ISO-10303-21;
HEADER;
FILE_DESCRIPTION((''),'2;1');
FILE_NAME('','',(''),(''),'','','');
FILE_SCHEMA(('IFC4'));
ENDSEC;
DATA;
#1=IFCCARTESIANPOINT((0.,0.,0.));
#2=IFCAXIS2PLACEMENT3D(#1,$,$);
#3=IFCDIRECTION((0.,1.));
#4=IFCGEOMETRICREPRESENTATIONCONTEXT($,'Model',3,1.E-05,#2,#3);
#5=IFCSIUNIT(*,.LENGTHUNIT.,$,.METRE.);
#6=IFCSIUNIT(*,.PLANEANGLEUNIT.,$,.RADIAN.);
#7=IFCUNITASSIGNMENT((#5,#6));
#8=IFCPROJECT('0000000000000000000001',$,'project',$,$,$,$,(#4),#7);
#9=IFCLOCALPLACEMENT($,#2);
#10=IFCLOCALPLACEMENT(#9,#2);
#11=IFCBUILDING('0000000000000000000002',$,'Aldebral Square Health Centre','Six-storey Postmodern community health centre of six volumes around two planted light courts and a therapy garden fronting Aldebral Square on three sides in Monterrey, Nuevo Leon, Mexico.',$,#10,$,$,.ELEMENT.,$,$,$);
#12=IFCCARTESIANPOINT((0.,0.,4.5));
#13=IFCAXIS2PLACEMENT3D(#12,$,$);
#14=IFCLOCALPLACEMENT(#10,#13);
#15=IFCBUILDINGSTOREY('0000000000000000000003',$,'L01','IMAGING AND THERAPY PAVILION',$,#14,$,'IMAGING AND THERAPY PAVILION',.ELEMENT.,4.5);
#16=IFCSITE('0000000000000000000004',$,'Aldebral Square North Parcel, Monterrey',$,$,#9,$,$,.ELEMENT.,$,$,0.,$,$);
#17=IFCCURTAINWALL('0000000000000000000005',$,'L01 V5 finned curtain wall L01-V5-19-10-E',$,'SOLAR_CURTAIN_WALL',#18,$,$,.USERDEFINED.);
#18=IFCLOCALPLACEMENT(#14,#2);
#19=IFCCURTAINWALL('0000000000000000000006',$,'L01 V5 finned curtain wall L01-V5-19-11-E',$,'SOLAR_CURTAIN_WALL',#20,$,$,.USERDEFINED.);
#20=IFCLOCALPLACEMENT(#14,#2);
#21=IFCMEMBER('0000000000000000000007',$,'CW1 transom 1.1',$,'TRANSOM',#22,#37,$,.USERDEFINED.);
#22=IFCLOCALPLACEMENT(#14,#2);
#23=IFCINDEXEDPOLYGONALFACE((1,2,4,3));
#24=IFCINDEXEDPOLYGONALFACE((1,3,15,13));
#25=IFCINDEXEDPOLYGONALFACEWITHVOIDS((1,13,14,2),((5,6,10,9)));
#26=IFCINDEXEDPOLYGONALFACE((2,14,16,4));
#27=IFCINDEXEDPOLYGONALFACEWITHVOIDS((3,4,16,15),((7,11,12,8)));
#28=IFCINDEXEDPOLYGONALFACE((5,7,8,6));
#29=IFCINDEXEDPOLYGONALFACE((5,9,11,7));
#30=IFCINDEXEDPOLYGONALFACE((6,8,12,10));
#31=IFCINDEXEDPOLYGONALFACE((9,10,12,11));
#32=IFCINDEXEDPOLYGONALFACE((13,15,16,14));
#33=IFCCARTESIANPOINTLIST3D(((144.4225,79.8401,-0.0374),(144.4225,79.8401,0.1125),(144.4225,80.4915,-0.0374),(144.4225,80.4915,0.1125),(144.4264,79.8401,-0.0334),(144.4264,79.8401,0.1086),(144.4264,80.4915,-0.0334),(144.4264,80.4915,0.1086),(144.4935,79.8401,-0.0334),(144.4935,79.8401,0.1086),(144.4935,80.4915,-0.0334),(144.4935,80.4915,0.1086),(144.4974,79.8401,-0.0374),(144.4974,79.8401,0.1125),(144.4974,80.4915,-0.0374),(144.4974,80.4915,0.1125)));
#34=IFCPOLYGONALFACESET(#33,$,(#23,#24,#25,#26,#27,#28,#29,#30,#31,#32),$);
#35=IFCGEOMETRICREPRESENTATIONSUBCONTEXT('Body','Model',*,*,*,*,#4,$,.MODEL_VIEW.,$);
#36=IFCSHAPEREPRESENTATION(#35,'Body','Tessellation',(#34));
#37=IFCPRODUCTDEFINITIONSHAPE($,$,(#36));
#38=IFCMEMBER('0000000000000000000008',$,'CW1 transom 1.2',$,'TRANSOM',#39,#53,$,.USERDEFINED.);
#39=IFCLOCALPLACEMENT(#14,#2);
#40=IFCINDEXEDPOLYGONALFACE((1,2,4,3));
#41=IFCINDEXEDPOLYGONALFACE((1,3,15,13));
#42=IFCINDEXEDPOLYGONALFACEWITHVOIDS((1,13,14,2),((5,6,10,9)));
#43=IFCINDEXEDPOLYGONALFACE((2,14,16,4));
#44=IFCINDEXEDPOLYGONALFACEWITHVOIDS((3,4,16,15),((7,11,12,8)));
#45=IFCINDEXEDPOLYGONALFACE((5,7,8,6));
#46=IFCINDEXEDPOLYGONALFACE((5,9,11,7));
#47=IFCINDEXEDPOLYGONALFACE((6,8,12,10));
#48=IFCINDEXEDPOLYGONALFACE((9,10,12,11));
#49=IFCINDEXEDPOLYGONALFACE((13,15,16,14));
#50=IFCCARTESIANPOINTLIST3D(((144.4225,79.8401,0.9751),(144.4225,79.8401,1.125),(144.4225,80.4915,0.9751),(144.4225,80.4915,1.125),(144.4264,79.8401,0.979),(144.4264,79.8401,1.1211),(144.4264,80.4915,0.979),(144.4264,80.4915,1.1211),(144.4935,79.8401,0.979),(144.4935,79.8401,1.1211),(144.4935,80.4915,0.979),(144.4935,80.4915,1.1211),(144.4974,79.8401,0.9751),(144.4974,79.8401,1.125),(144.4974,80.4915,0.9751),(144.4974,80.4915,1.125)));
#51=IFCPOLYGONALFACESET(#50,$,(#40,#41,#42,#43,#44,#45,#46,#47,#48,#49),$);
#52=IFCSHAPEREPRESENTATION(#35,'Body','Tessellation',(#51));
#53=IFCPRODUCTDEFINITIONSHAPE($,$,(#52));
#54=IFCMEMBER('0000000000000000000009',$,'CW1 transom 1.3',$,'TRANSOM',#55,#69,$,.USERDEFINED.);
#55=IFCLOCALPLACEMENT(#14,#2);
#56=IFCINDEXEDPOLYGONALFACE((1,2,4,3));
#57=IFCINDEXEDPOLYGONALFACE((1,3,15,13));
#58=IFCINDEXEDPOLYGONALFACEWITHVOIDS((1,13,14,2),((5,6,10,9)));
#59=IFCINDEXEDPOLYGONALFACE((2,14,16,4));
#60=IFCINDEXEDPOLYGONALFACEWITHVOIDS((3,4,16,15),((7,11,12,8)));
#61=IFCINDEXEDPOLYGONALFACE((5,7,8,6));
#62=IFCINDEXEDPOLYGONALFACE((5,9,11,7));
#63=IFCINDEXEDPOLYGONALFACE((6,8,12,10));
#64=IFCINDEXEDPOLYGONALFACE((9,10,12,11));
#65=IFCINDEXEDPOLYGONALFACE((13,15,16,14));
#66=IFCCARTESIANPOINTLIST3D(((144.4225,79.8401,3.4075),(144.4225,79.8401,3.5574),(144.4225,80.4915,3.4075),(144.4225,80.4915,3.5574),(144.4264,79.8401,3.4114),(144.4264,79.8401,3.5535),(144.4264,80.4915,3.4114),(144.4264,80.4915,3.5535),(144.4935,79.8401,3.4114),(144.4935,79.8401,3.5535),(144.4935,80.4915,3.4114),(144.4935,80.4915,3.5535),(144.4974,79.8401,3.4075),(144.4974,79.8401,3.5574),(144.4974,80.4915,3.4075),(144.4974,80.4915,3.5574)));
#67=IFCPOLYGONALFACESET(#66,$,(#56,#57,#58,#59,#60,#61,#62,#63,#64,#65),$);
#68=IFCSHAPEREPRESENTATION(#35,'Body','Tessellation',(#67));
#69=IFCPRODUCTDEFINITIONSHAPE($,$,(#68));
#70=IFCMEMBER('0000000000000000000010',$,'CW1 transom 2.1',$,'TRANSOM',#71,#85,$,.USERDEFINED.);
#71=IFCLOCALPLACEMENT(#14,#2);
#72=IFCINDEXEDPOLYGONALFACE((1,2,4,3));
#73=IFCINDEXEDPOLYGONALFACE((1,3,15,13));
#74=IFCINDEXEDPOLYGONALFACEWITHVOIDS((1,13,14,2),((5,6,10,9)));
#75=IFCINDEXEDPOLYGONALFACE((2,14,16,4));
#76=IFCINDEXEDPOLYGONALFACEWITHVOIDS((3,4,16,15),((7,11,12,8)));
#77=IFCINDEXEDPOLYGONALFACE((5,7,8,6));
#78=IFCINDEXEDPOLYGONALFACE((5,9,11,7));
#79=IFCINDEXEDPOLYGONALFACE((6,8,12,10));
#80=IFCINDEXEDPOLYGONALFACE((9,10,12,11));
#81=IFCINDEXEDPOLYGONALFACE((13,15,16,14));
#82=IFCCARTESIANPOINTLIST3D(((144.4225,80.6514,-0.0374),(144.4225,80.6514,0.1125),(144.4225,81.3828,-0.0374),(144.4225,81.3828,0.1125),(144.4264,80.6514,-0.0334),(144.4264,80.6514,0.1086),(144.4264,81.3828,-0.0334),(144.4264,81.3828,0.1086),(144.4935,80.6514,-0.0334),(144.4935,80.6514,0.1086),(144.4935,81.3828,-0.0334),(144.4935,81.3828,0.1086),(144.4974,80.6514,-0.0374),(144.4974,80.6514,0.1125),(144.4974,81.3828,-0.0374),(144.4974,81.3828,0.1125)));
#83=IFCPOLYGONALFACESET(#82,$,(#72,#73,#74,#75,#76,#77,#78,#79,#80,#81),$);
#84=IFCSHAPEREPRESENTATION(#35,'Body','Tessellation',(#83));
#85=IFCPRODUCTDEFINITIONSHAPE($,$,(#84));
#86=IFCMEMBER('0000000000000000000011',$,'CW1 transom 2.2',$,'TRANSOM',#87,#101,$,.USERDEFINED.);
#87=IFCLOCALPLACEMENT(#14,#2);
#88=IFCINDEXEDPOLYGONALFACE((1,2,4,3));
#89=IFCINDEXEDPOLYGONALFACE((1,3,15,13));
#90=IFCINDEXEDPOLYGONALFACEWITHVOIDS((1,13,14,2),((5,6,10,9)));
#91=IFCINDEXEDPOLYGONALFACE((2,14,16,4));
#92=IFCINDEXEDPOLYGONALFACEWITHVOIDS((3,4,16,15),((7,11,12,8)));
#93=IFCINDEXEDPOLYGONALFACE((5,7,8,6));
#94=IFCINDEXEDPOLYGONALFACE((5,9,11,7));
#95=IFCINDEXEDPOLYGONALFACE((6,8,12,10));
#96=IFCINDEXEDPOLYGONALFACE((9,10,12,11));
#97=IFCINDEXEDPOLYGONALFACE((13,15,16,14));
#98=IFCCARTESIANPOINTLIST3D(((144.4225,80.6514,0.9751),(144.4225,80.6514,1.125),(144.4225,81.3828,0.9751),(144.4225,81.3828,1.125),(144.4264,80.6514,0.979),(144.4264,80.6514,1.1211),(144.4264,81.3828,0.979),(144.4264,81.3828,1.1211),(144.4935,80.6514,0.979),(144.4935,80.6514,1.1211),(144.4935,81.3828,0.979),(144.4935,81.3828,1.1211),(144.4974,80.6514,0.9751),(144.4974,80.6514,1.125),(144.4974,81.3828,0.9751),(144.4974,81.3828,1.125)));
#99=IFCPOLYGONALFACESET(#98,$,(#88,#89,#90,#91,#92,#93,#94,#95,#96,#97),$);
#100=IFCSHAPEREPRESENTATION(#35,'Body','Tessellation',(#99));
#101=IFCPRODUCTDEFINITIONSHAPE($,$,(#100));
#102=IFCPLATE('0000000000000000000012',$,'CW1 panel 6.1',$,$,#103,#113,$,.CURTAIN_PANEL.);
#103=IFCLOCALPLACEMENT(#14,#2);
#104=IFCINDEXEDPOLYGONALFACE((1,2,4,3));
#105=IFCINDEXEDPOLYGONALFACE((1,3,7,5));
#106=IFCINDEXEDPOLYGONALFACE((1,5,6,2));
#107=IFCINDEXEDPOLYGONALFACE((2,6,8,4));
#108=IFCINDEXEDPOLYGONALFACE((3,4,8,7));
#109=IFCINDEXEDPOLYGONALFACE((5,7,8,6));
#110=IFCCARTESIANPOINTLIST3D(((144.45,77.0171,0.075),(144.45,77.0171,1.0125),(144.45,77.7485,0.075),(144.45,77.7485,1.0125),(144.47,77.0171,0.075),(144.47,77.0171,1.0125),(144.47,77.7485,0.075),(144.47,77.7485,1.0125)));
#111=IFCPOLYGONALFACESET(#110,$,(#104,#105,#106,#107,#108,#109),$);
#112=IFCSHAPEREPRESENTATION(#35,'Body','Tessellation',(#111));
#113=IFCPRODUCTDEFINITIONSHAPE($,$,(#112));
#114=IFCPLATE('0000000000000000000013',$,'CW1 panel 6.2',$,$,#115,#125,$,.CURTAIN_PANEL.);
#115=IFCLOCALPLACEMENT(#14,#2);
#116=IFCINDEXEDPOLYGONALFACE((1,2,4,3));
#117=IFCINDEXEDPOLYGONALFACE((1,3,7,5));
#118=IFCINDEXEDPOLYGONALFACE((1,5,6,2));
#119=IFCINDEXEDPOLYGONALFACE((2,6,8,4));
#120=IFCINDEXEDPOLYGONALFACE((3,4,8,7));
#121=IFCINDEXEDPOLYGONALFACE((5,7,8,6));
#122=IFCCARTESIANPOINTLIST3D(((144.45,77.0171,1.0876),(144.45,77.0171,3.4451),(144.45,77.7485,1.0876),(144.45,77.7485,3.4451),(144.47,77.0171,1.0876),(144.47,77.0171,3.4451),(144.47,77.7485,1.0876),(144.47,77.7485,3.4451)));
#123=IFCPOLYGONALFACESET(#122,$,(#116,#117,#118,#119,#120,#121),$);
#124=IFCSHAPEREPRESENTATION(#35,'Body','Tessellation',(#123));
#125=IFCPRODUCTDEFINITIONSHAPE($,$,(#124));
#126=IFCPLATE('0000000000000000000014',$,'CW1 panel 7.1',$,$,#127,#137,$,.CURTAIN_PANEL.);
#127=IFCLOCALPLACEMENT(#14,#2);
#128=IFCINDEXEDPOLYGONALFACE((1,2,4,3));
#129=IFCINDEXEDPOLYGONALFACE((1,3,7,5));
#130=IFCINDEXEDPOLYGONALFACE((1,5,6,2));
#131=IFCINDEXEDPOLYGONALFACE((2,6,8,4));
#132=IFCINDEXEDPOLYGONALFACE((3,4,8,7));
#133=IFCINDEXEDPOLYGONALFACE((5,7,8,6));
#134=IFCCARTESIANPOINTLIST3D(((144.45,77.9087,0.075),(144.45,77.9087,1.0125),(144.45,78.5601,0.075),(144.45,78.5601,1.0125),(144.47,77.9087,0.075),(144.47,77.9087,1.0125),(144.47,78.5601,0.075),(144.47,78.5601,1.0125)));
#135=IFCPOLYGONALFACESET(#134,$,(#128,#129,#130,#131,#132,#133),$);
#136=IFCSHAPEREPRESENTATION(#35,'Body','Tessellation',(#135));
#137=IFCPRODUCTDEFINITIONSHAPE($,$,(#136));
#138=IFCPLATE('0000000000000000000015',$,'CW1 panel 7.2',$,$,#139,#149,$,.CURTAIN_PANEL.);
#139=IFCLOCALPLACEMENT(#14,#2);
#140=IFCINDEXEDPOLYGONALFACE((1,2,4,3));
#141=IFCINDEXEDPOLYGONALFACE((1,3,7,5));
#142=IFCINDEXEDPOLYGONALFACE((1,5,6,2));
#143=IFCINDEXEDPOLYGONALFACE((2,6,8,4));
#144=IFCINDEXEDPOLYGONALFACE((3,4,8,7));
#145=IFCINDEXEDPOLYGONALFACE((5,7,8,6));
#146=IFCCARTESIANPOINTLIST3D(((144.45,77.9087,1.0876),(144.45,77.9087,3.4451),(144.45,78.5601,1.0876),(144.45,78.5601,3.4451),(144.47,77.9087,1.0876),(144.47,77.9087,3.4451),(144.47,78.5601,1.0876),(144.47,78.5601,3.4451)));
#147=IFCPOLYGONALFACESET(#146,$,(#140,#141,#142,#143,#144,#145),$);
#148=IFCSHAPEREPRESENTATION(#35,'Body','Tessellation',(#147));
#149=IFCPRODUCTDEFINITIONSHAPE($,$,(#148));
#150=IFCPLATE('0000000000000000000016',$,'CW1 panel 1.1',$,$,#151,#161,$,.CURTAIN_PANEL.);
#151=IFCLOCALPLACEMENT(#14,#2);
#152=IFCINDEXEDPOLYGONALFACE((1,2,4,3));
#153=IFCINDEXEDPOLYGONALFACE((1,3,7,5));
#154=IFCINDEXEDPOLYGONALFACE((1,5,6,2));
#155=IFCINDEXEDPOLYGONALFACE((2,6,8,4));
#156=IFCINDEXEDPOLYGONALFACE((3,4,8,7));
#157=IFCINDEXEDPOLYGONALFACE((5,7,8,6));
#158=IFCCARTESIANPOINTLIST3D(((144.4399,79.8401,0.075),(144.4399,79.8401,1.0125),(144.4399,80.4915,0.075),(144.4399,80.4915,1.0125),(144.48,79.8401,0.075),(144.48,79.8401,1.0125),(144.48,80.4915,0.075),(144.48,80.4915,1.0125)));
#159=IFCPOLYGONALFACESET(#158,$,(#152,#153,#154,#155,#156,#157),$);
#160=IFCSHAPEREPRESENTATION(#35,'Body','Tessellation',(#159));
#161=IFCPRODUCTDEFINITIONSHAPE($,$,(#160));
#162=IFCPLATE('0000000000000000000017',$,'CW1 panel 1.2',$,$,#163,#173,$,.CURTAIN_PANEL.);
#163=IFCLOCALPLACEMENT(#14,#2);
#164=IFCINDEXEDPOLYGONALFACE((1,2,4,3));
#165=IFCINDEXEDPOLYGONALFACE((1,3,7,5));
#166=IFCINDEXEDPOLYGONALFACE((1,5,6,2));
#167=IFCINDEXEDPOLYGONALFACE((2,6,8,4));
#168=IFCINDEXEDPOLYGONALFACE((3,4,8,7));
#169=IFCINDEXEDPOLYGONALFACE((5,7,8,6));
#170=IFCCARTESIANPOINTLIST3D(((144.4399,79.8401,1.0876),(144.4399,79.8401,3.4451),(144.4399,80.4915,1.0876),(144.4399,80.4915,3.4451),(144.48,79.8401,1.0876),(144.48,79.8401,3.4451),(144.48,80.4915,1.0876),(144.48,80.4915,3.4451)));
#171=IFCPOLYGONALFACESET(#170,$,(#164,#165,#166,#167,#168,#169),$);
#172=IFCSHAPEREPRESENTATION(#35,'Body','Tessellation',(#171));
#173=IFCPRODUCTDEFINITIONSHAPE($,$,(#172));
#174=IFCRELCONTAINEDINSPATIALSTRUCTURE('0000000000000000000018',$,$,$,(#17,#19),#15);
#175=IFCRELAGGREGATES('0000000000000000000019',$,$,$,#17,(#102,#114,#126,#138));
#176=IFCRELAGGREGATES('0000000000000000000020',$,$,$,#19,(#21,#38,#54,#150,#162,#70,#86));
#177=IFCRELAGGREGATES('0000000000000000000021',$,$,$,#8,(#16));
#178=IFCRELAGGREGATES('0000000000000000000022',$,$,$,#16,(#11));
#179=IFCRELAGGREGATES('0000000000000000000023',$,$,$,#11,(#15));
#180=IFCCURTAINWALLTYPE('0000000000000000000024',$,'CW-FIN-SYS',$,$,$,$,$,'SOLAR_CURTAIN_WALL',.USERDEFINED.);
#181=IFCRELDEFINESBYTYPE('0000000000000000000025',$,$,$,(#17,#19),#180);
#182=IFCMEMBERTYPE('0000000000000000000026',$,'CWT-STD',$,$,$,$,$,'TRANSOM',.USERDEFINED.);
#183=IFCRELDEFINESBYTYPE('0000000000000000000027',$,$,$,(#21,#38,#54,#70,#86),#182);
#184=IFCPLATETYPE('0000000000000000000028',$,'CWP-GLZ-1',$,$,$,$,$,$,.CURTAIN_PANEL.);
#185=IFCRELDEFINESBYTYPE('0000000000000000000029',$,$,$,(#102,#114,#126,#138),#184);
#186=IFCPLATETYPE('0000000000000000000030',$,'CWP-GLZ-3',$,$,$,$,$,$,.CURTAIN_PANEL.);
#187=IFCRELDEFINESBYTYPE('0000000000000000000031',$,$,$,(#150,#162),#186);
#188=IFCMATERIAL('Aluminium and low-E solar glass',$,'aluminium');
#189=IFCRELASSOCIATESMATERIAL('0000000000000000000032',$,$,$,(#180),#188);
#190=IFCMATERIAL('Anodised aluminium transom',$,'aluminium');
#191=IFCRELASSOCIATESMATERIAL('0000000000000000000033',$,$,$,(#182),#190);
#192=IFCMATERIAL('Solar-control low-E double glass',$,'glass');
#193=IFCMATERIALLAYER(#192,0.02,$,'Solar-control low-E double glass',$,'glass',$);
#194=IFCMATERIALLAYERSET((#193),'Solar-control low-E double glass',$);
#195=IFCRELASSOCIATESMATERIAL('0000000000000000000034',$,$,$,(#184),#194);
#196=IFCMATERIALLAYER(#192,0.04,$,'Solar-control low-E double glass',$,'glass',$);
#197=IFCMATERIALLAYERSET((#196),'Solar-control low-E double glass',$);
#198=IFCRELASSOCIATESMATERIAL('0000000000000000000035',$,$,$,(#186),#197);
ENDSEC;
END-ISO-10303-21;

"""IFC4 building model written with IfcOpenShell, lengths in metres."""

from ifc_helpers import new_model, si_unit, direction, frame, origin, origin_2d, place, context, subcontext, project, spatial, rectangle, hollow_rectangle, extrude, material, layer, layer_set, material_profile, profile_set, type_object, element, aggregate, save


model = new_model("IFC4")

# Units and contexts
model_context = context("Model", 3, precision=1e-05, world=origin(), true_north=direction((0.0, 1.0)))
body_context = subcontext(model_context, "Body", "Model", "MODEL_VIEW")
ifc_project = project(units=[si_unit("LENGTHUNIT", "METRE"), si_unit("PLANEANGLEUNIT", "RADIAN")], contexts=[model_context])

# Site, building, storey
site_placement = place(None, origin())
site = spatial("IfcSite", under=ifc_project, at=site_placement, Name="Aldebral Square North Parcel, Monterrey", CompositionType="ELEMENT", RefElevation=0.0)
building_placement = place(site_placement, origin())
building = spatial("IfcBuilding", under=site, at=building_placement, Name="Aldebral Square Health Centre", Description="Six-storey Postmodern community health centre of six volumes around two planted light courts and a therapy garden fronting Aldebral Square on three sides in Monterrey, Nuevo Leon, Mexico.", CompositionType="ELEMENT")
storey_placement = place(building_placement, frame((0.0, 0.0, 4.5)))
storey = spatial("IfcBuildingStorey", under=building, at=storey_placement, Name="L01", Description="IMAGING AND THERAPY PAVILION", LongName="IMAGING AND THERAPY PAVILION", CompositionType="ELEMENT", Elevation=4.5)

# Curtain walls
ifc_material_1 = material(Name="Aluminium and low-E solar glass", Category="aluminium")
curtain_wall_type = type_object("IfcCurtainWallType", Name="CW-FIN-SYS", ElementType="SOLAR_CURTAIN_WALL", PredefinedType="USERDEFINED", material=ifc_material_1)
curtain_wall_1_placement = place(storey_placement, origin())
curtain_wall_1 = element("IfcCurtainWall", 1, at=curtain_wall_1_placement, inside=storey, type_object=curtain_wall_type, Name="L01 V5 finned curtain wall L01-V5-19-10-E", ObjectType="SOLAR_CURTAIN_WALL", PredefinedType="USERDEFINED")
curtain_wall_2_placement = place(storey_placement, origin())
curtain_wall_2 = element("IfcCurtainWall", 2, at=curtain_wall_2_placement, inside=storey, type_object=curtain_wall_type, Name="L01 V5 finned curtain wall L01-V5-19-11-E", ObjectType="SOLAR_CURTAIN_WALL", PredefinedType="USERDEFINED")

# Members
ifc_material_2 = material(Name="Anodised aluminium transom", Category="aluminium")
ifc_material_profile_1 = material_profile(ifc_material_2, hollow_rectangle(XDim=0.075, YDim=0.1499, WallThickness=0.0039, at=origin_2d()), Name="CWT 75x150x4")
ifc_profile_set_1 = profile_set([ifc_material_profile_1], Name="Anodised aluminium transom")
member_type_1 = type_object("IfcMemberType", Name="CWT-STD", ElementType="TRANSOM", PredefinedType="USERDEFINED", material=ifc_profile_set_1)
member_1_placement = place(storey_placement, frame((144.46, 79.8401, 0.0376), z_axis=(0.0, 1.0, 0.0), x_axis=(-1.0, 0.0, 0.0)))
member_1 = element("IfcMember", 3, at=member_1_placement, type_object=member_type_1, Name="CW1 transom 1.1", ObjectType="TRANSOM", PredefinedType="USERDEFINED", context=body_context, shape_type="SweptSolid", body=[
    extrude(hollow_rectangle(XDim=0.075, YDim=0.1499, WallThickness=0.0039, at=origin_2d()), origin(), (0.0, 0.0, 1.0), 0.6514),
])
member_2_placement = place(storey_placement, frame((144.46, 79.8401, 1.05), z_axis=(0.0, 1.0, 0.0), x_axis=(-1.0, 0.0, 0.0)))
member_2 = element("IfcMember", 4, at=member_2_placement, type_object=member_type_1, Name="CW1 transom 1.2", ObjectType="TRANSOM", PredefinedType="USERDEFINED", context=body_context, shape_type="SweptSolid", body=[
    extrude(hollow_rectangle(XDim=0.075, YDim=0.1499, WallThickness=0.0039, at=origin_2d()), origin(), (0.0, 0.0, 1.0), 0.6514),
])
member_3_placement = place(storey_placement, frame((144.46, 79.8401, 3.4824), z_axis=(0.0, 1.0, 0.0), x_axis=(-1.0, 0.0, 0.0)))
member_3 = element("IfcMember", 5, at=member_3_placement, type_object=member_type_1, Name="CW1 transom 1.3", ObjectType="TRANSOM", PredefinedType="USERDEFINED", context=body_context, shape_type="SweptSolid", body=[
    extrude(hollow_rectangle(XDim=0.075, YDim=0.1499, WallThickness=0.0039, at=origin_2d()), origin(), (0.0, 0.0, 1.0), 0.6514),
])
member_4_placement = place(storey_placement, frame((144.46, 80.6514, 0.0376), z_axis=(0.0, 1.0, 0.0), x_axis=(-1.0, 0.0, 0.0)))
member_4 = element("IfcMember", 6, at=member_4_placement, type_object=member_type_1, Name="CW1 transom 2.1", ObjectType="TRANSOM", PredefinedType="USERDEFINED", context=body_context, shape_type="SweptSolid", body=[
    extrude(hollow_rectangle(XDim=0.075, YDim=0.1499, WallThickness=0.0039, at=origin_2d()), origin(), (0.0, 0.0, 1.0), 0.7314),
])
member_5_placement = place(storey_placement, frame((144.46, 80.6514, 1.05), z_axis=(0.0, 1.0, 0.0), x_axis=(-1.0, 0.0, 0.0)))
member_5 = element("IfcMember", 7, at=member_5_placement, type_object=member_type_1, Name="CW1 transom 2.2", ObjectType="TRANSOM", PredefinedType="USERDEFINED", context=body_context, shape_type="SweptSolid", body=[
    extrude(hollow_rectangle(XDim=0.075, YDim=0.1499, WallThickness=0.0039, at=origin_2d()), origin(), (0.0, 0.0, 1.0), 0.7314),
])

# Plates
ifc_material_3 = material(Name="Solar-control low-E double glass", Category="glass")
ifc_layer_1 = layer(ifc_material_3, 0.02, Name="Solar-control low-E double glass", Category="glass")
ifc_layer_set_1 = layer_set([ifc_layer_1], Name="Solar-control low-E double glass")
plate_type_1 = type_object("IfcPlateType", Name="CWP-GLZ-1", PredefinedType="CURTAIN_PANEL", material=ifc_layer_set_1)
plate_1_placement = place(storey_placement, frame((144.46, 77.3828, 0.075), z_axis=(0.0, 0.0, 1.0), x_axis=(0.0, 1.0, 0.0)))
plate_1 = element("IfcPlate", 8, at=plate_1_placement, type_object=plate_type_1, Name="CW1 panel 6.1", PredefinedType="CURTAIN_PANEL", context=body_context, shape_type="SweptSolid", body=[
    extrude(rectangle(XDim=0.7314, YDim=0.02, at=origin_2d()), origin(), (0.0, 0.0, 1.0), 0.9375),
])
plate_2_placement = place(storey_placement, frame((144.46, 77.3828, 1.0876), z_axis=(0.0, 0.0, 1.0), x_axis=(0.0, 1.0, 0.0)))
plate_2 = element("IfcPlate", 9, at=plate_2_placement, type_object=plate_type_1, Name="CW1 panel 6.2", PredefinedType="CURTAIN_PANEL", context=body_context, shape_type="SweptSolid", body=[
    extrude(rectangle(XDim=0.7314, YDim=0.02, at=origin_2d()), origin(), (0.0, 0.0, 1.0), 2.3574),
])
plate_3_placement = place(storey_placement, frame((144.46, 78.2344, 0.075), z_axis=(0.0, 0.0, 1.0), x_axis=(0.0, 1.0, 0.0)))
plate_3 = element("IfcPlate", 10, at=plate_3_placement, type_object=plate_type_1, Name="CW1 panel 7.1", PredefinedType="CURTAIN_PANEL", context=body_context, shape_type="SweptSolid", body=[
    extrude(rectangle(XDim=0.6514, YDim=0.02, at=origin_2d()), origin(), (0.0, 0.0, 1.0), 0.9375),
])
plate_4_placement = place(storey_placement, frame((144.46, 78.2344, 1.0876), z_axis=(0.0, 0.0, 1.0), x_axis=(0.0, 1.0, 0.0)))
plate_4 = element("IfcPlate", 11, at=plate_4_placement, type_object=plate_type_1, Name="CW1 panel 7.2", PredefinedType="CURTAIN_PANEL", context=body_context, shape_type="SweptSolid", body=[
    extrude(rectangle(XDim=0.6514, YDim=0.02, at=origin_2d()), origin(), (0.0, 0.0, 1.0), 2.3574),
])
aggregate(curtain_wall_1, [plate_1, plate_2, plate_3, plate_4])
ifc_layer_2 = layer(ifc_material_3, 0.04, Name="Solar-control low-E double glass", Category="glass")
ifc_layer_set_2 = layer_set([ifc_layer_2], Name="Solar-control low-E double glass")
plate_type_2 = type_object("IfcPlateType", Name="CWP-GLZ-3", PredefinedType="CURTAIN_PANEL", material=ifc_layer_set_2)
plate_5_placement = place(storey_placement, frame((144.46, 80.1658, 0.075), z_axis=(0.0, 0.0, 1.0), x_axis=(0.0, 1.0, 0.0)))
plate_5 = element("IfcPlate", 12, at=plate_5_placement, type_object=plate_type_2, Name="CW1 panel 1.1", PredefinedType="CURTAIN_PANEL", context=body_context, shape_type="SweptSolid", body=[
    extrude(rectangle(XDim=0.6514, YDim=0.04, at=origin_2d()), origin(), (0.0, 0.0, 1.0), 0.9375),
])
plate_6_placement = place(storey_placement, frame((144.46, 80.1658, 1.0876), z_axis=(0.0, 0.0, 1.0), x_axis=(0.0, 1.0, 0.0)))
plate_6 = element("IfcPlate", 13, at=plate_6_placement, type_object=plate_type_2, Name="CW1 panel 1.2", PredefinedType="CURTAIN_PANEL", context=body_context, shape_type="SweptSolid", body=[
    extrude(rectangle(XDim=0.6514, YDim=0.04, at=origin_2d()), origin(), (0.0, 0.0, 1.0), 2.3574),
])
aggregate(curtain_wall_2, [member_1, member_2, member_3, plate_5, plate_6, member_4, member_5])

save(model, "model.ifc")
